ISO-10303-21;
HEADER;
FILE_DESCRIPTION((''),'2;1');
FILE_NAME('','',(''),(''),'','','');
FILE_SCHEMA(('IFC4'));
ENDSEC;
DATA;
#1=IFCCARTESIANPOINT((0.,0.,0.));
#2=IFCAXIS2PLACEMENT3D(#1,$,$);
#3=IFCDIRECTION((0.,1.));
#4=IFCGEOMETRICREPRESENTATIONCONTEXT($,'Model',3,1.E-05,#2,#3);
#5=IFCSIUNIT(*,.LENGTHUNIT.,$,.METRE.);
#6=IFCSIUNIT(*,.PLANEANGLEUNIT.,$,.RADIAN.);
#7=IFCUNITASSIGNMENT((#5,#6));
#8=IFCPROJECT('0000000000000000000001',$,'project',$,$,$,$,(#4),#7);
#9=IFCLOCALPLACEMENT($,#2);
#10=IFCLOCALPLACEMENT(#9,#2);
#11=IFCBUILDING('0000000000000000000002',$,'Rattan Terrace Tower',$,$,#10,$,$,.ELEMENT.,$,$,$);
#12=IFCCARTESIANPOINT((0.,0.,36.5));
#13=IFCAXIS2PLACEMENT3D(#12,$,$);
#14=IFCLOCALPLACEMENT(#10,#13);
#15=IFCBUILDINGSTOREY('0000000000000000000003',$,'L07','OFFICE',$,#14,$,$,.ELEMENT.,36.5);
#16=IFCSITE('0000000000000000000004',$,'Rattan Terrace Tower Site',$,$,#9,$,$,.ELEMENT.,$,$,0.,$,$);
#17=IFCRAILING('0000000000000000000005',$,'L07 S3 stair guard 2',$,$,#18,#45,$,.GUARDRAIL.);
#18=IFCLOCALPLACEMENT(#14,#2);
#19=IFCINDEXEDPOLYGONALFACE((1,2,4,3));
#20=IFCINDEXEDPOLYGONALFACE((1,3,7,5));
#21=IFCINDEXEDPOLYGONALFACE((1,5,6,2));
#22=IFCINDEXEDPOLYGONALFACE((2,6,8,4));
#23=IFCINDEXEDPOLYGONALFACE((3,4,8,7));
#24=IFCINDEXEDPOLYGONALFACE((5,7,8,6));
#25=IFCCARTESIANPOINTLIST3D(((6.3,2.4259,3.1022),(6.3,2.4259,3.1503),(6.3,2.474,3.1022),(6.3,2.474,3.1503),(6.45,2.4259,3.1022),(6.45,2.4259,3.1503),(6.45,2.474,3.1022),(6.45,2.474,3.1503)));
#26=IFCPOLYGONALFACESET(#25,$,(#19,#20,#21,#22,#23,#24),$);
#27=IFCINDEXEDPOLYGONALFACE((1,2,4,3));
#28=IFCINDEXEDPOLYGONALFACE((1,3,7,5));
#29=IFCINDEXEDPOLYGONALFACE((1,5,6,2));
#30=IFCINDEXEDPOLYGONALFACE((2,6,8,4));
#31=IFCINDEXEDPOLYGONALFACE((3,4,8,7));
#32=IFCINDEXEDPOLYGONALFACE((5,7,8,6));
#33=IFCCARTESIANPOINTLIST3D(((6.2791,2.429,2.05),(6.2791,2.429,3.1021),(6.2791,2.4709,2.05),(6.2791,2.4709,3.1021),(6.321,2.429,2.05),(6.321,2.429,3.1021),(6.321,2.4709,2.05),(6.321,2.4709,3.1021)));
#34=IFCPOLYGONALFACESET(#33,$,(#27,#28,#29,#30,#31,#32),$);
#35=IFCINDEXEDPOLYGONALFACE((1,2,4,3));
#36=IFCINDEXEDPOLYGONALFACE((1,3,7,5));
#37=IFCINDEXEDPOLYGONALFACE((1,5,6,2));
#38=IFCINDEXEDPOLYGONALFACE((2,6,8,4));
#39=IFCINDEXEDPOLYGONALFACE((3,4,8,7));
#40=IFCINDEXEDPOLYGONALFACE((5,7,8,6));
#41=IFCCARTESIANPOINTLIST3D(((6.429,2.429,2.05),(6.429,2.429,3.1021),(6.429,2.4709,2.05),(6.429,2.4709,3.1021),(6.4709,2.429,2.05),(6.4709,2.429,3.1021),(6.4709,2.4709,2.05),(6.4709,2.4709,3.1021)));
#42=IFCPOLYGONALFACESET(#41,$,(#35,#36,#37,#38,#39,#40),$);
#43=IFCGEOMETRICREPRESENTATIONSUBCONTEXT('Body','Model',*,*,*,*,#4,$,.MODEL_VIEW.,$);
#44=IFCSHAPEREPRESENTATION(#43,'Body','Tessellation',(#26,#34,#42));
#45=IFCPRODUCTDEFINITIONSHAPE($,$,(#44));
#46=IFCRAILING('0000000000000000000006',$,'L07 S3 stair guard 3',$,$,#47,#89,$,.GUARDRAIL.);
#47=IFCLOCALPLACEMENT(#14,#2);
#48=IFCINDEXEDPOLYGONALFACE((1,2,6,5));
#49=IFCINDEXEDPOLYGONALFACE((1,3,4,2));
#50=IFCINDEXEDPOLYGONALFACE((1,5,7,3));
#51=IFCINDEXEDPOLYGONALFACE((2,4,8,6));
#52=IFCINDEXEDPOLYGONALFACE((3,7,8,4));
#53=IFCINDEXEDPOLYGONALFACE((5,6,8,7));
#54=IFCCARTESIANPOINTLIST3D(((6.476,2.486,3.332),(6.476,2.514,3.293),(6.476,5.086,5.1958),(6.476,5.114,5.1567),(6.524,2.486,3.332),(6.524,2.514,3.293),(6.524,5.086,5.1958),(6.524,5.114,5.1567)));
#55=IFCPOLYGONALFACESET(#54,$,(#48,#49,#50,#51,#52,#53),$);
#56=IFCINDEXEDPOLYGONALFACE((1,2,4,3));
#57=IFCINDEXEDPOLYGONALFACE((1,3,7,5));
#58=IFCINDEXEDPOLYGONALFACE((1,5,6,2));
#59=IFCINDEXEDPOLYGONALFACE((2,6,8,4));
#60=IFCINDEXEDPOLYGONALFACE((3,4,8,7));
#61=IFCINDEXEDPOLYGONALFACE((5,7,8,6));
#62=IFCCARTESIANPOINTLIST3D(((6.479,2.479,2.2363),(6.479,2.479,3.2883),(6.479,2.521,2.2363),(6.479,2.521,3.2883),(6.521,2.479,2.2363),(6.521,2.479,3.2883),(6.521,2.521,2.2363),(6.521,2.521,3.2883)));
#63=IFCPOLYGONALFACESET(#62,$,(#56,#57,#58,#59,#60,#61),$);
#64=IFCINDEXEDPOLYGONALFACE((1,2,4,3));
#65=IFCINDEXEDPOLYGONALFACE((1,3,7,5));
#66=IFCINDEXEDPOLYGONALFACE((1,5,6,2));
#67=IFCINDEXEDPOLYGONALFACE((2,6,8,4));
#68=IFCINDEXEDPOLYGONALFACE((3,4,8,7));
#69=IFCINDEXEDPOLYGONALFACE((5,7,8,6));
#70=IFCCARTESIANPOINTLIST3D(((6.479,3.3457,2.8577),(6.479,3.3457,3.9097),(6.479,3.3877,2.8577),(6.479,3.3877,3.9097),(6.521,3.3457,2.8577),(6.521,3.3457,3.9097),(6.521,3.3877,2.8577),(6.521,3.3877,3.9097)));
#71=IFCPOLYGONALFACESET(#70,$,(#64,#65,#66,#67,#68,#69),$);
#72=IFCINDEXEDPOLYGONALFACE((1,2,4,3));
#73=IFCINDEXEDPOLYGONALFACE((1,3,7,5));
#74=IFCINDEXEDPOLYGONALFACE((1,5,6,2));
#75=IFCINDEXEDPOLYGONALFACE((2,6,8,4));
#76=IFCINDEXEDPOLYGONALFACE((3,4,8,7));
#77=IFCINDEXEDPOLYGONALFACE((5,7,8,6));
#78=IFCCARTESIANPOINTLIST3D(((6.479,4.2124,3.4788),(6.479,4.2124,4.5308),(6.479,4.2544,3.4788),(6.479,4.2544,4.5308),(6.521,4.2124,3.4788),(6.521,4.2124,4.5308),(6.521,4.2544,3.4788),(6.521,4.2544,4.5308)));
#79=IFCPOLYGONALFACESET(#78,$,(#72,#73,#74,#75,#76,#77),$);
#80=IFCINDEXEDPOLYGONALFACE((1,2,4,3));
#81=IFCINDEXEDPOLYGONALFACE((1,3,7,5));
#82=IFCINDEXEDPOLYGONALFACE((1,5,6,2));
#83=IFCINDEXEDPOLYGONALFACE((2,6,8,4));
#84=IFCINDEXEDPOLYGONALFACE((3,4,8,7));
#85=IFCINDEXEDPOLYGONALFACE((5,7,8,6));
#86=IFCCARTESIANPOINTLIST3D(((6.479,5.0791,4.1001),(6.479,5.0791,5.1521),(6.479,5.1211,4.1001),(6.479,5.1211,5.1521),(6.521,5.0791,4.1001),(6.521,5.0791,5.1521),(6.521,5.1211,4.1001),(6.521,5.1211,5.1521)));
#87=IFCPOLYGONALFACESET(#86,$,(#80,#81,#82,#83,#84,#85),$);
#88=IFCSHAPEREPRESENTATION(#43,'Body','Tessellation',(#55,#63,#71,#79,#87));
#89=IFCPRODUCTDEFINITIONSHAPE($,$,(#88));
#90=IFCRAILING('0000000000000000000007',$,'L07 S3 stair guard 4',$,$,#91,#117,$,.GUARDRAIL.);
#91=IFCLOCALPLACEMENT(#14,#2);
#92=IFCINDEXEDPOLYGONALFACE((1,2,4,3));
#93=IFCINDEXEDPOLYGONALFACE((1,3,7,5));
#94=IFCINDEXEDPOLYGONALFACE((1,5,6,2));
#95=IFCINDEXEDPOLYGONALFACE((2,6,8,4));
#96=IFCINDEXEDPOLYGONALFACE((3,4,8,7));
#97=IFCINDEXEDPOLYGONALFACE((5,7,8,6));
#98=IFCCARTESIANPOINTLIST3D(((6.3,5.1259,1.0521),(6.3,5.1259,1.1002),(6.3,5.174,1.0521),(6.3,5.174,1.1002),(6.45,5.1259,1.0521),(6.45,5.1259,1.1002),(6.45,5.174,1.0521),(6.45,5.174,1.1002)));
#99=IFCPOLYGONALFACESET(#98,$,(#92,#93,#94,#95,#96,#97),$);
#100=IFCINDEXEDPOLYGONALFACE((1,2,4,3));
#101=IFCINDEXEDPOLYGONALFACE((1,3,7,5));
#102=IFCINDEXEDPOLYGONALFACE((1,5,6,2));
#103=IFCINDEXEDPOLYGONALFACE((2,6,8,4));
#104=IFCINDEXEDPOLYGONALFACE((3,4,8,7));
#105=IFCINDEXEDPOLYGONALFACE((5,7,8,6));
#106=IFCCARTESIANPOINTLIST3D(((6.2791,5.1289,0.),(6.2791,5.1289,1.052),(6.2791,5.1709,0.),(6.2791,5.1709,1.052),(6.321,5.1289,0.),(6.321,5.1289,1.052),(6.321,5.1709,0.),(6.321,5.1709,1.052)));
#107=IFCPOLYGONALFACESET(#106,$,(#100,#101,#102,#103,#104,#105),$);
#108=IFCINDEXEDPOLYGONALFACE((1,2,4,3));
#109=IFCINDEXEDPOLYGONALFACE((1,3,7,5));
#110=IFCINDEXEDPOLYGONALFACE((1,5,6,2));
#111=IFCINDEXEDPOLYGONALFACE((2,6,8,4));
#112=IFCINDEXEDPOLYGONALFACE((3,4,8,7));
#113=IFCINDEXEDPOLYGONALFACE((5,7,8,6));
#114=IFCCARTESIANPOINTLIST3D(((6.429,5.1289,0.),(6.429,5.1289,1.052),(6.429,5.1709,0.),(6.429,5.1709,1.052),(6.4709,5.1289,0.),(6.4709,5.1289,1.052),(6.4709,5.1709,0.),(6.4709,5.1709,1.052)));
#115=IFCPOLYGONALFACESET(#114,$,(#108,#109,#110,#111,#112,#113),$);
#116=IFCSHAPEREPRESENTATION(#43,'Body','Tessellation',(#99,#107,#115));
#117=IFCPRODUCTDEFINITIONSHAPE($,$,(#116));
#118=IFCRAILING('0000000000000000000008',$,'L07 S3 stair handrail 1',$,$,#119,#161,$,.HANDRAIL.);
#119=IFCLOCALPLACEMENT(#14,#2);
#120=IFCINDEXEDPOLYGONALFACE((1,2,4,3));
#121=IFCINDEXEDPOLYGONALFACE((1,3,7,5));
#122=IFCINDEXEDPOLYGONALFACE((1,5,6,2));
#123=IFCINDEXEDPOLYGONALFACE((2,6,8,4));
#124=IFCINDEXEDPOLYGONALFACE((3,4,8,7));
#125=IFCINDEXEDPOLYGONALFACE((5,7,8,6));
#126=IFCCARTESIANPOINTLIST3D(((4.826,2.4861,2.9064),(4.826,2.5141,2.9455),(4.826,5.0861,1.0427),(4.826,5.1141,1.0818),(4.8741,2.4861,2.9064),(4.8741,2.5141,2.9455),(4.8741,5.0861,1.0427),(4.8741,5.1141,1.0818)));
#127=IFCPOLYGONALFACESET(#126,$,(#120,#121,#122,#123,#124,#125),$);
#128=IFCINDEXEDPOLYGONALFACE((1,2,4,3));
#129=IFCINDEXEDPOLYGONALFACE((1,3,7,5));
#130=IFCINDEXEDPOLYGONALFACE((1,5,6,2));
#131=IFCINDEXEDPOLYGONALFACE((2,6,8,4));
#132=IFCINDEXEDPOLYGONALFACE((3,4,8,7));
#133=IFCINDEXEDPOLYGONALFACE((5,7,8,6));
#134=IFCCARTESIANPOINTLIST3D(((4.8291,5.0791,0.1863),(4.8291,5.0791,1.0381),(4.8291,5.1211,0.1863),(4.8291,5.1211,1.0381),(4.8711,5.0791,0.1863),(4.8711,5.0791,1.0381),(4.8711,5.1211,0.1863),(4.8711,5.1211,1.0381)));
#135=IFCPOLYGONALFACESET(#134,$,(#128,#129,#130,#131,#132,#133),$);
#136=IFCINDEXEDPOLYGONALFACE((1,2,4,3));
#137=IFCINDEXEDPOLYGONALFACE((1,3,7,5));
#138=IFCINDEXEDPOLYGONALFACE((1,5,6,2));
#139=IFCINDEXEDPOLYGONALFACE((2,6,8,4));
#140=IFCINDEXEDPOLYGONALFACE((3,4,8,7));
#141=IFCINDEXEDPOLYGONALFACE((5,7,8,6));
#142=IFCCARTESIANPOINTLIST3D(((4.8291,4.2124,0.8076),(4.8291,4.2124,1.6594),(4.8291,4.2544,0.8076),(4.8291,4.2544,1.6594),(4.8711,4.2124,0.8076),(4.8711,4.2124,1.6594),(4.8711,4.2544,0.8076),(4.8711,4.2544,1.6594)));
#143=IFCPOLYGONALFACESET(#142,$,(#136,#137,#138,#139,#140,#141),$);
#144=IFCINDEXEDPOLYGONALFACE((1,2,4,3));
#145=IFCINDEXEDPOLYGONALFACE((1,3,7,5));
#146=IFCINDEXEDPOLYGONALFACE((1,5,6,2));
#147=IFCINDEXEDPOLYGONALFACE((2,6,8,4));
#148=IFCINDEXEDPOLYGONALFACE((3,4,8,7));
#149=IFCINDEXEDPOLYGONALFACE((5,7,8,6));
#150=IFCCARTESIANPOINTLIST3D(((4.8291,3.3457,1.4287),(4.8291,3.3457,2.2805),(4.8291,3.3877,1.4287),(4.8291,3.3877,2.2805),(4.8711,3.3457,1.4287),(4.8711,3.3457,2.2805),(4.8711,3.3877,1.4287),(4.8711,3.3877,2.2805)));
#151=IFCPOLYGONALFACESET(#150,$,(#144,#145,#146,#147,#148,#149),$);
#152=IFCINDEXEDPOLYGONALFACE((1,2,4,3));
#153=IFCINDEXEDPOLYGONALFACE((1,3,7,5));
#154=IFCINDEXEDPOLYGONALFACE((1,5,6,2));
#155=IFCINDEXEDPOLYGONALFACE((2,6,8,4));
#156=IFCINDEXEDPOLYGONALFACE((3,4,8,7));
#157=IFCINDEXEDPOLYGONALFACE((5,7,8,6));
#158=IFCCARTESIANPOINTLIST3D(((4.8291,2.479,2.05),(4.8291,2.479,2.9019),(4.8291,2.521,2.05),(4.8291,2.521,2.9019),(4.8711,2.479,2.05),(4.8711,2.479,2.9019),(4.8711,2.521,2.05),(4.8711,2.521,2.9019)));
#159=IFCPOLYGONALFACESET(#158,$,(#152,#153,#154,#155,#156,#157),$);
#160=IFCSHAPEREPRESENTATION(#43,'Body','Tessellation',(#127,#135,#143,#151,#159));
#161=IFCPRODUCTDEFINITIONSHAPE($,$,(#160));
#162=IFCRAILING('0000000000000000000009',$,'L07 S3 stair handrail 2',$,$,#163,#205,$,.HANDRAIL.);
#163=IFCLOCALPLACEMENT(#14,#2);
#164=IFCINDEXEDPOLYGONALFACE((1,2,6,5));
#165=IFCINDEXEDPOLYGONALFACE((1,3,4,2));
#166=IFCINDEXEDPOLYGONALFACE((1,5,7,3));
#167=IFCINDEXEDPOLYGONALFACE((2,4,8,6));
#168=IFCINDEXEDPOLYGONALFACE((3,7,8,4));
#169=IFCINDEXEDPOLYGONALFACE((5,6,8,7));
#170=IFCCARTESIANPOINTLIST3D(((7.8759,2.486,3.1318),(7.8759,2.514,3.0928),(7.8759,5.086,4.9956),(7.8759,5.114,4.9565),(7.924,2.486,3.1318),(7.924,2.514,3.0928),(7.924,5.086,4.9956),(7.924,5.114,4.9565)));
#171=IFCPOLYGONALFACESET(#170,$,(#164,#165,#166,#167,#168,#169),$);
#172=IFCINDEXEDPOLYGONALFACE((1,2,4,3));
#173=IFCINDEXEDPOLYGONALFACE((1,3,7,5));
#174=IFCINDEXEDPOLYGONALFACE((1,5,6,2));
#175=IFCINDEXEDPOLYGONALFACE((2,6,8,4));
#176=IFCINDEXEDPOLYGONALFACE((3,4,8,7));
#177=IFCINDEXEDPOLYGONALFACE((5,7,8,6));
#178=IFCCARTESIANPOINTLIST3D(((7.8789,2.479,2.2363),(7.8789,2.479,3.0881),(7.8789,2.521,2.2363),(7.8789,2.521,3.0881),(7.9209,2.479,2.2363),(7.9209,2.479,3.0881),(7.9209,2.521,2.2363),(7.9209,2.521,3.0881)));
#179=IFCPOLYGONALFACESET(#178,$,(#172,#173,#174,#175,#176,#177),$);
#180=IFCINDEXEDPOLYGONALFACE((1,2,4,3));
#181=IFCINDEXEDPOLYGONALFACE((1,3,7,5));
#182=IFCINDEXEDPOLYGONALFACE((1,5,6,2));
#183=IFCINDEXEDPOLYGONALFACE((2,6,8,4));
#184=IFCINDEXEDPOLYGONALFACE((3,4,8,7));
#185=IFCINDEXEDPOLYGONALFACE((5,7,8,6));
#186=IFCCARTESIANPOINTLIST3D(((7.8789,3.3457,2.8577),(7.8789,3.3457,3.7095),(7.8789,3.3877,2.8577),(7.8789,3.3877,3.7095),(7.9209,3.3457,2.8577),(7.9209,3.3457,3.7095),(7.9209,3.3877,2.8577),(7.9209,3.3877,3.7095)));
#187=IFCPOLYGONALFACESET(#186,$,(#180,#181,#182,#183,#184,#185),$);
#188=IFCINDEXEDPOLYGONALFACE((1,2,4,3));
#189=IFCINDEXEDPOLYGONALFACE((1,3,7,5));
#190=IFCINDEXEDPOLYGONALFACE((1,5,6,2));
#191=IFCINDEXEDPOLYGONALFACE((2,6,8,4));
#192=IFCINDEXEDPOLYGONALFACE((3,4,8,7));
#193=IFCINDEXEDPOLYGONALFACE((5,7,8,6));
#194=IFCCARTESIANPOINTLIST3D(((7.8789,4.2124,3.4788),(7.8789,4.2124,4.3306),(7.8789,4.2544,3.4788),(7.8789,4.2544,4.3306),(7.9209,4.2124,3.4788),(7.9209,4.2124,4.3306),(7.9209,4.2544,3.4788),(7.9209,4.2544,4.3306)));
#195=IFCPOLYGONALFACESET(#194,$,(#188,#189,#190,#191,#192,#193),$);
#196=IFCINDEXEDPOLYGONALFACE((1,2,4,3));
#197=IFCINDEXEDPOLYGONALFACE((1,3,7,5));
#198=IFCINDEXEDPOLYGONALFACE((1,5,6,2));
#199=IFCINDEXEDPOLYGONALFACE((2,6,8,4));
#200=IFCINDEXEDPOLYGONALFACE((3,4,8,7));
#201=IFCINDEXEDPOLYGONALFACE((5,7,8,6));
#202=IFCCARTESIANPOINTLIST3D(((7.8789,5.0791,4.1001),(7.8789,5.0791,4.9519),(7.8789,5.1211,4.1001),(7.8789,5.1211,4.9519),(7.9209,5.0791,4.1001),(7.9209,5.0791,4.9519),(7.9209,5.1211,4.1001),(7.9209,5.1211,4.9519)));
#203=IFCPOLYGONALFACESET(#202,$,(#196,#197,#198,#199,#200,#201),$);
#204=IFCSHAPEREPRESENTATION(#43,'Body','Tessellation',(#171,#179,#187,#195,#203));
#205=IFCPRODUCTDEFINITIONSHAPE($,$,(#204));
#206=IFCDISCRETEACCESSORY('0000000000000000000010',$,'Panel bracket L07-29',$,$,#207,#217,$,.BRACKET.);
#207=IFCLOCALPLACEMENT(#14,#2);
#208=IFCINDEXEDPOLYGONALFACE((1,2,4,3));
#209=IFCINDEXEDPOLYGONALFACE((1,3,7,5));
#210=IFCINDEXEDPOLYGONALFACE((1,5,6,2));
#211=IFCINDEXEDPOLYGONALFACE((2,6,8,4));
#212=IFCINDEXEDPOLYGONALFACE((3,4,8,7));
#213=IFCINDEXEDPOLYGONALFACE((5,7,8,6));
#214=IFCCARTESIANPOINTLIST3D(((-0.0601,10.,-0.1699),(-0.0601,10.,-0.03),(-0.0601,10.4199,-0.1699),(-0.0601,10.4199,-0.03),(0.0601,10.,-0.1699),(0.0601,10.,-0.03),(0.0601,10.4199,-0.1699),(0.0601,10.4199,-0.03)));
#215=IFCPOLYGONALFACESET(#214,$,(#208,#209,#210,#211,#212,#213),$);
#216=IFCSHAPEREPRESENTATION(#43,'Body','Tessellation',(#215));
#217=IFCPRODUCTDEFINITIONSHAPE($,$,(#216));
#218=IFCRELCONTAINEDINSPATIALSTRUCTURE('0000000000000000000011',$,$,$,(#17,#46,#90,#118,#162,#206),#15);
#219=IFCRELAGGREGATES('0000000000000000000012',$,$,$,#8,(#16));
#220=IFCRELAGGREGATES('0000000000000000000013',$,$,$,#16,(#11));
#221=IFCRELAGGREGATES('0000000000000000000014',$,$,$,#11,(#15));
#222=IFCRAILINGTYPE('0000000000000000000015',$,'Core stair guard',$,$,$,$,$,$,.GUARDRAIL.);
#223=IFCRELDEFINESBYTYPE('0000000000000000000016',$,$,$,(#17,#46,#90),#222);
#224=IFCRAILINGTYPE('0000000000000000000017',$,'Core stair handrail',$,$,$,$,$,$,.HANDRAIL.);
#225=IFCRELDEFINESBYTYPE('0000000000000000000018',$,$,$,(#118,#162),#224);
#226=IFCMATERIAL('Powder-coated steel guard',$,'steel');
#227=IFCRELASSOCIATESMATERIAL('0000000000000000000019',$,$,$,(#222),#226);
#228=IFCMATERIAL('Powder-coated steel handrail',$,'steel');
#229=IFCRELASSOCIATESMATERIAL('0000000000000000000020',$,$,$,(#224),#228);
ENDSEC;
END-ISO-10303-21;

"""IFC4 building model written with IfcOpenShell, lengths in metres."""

from ifc_helpers import new_model, si_unit, direction, frame, origin, origin_2d, place, context, subcontext, project, spatial, rectangle, extrude, material, type_object, element, save


model = new_model("IFC4")

# Units and contexts
model_context = context("Model", 3, precision=1e-05, world=origin(), true_north=direction((0.0, 1.0)))
body_context = subcontext(model_context, "Body", "Model", "MODEL_VIEW")
ifc_project = project(units=[si_unit("LENGTHUNIT", "METRE"), si_unit("PLANEANGLEUNIT", "RADIAN")], contexts=[model_context])

# Site, building, storey
site_placement = place(None, origin())
site = spatial("IfcSite", under=ifc_project, at=site_placement, Name="Rattan Terrace Tower Site", CompositionType="ELEMENT", RefElevation=0.0)
building_placement = place(site_placement, origin())
building = spatial("IfcBuilding", under=site, at=building_placement, Name="Rattan Terrace Tower", CompositionType="ELEMENT")
storey_placement = place(building_placement, frame((0.0, 0.0, 36.5)))
storey = spatial("IfcBuildingStorey", under=building, at=storey_placement, Name="L07", Description="OFFICE", CompositionType="ELEMENT", Elevation=36.5)

# Railings
ifc_material_1 = material(Name="Powder-coated steel guard", Category="steel")
railing_type_1 = type_object("IfcRailingType", Name="Core stair guard", PredefinedType="GUARDRAIL", material=ifc_material_1)
railing_1_placement = place(storey_placement, frame((6.3, 2.45, 2.05)))
element("IfcRailing", 1, at=railing_1_placement, inside=storey, type_object=railing_type_1, Name="L07 S3 stair guard 2", PredefinedType="GUARDRAIL", context=body_context, shape_type="SweptSolid", body=[
    extrude(rectangle(XDim=0.0481, YDim=0.0481, at=origin_2d()), frame((0.0, 0.0, 1.0762), z_axis=(1.0, 0.0, 0.0), x_axis=(0.0, 1.0, 0.0)), (0.0, 0.0, 1.0), 0.1499),
    extrude(rectangle(XDim=0.042, YDim=0.042, at=origin_2d()), origin(), (0.0, 0.0, 1.0), 1.052),
    extrude(rectangle(XDim=0.042, YDim=0.042, at=origin_2d()), frame((0.1499, 0.0, 0.0)), (0.0, 0.0, 1.0), 1.052),
])
railing_2_placement = place(storey_placement, frame((6.5, 2.5, 2.2363)))
element("IfcRailing", 2, at=railing_2_placement, inside=storey, type_object=railing_type_1, Name="L07 S3 stair guard 3", PredefinedType="GUARDRAIL", context=body_context, shape_type="SweptSolid", body=[
    extrude(rectangle(XDim=0.0481, YDim=0.0481, at=origin_2d()), frame((0.0, 0.0, 1.0762), z_axis=(0.0, 0.812763, 0.582595), x_axis=(-1.0, 0.0, 0.0)), (0.0, 0.0, 1.0), 3.199),
    extrude(rectangle(XDim=0.042, YDim=0.042, at=origin_2d()), origin(), (0.0, 0.0, 1.0), 1.052),
    extrude(rectangle(XDim=0.042, YDim=0.042, at=origin_2d()), frame((0.0, 0.8667, 0.6213)), (0.0, 0.0, 1.0), 1.052),
    extrude(rectangle(XDim=0.042, YDim=0.042, at=origin_2d()), frame((0.0, 1.7334, 1.2424)), (0.0, 0.0, 1.0), 1.052),
    extrude(rectangle(XDim=0.042, YDim=0.042, at=origin_2d()), frame((0.0, 2.6001, 1.8638)), (0.0, 0.0, 1.0), 1.052),
])
railing_3_placement = place(storey_placement, frame((6.3, 5.1499, 0.0)))
element("IfcRailing", 3, at=railing_3_placement, inside=storey, type_object=railing_type_1, Name="L07 S3 stair guard 4", PredefinedType="GUARDRAIL", context=body_context, shape_type="SweptSolid", body=[
    extrude(rectangle(XDim=0.0481, YDim=0.0481, at=origin_2d()), frame((0.0, 0.0, 1.0762), z_axis=(1.0, 0.0, 0.0), x_axis=(0.0, 1.0, 0.0)), (0.0, 0.0, 1.0), 0.1499),
    extrude(rectangle(XDim=0.042, YDim=0.042, at=origin_2d()), origin(), (0.0, 0.0, 1.0), 1.052),
    extrude(rectangle(XDim=0.042, YDim=0.042, at=origin_2d()), frame((0.1499, 0.0, 0.0)), (0.0, 0.0, 1.0), 1.052),
])
ifc_material_2 = material(Name="Powder-coated steel handrail", Category="steel")
railing_type_2 = type_object("IfcRailingType", Name="Core stair handrail", PredefinedType="HANDRAIL", material=ifc_material_2)
railing_4_placement = place(storey_placement, frame((4.8501, 5.1001, 0.1863)))
element("IfcRailing", 4, at=railing_4_placement, inside=storey, type_object=railing_type_2, Name="L07 S3 stair handrail 1", PredefinedType="HANDRAIL", context=body_context, shape_type="SweptSolid", body=[
    extrude(rectangle(XDim=0.0481, YDim=0.0481, at=origin_2d()), frame((0.0, 0.0, 0.876), z_axis=(0.0, -0.812763, 0.582595), x_axis=(1.0, 0.0, 0.0)), (0.0, 0.0, 1.0), 3.199),
    extrude(rectangle(XDim=0.042, YDim=0.042, at=origin_2d()), origin(), (0.0, 0.0, 1.0), 0.8518),
    extrude(rectangle(XDim=0.042, YDim=0.042, at=origin_2d()), frame((0.0, -0.8667, 0.6213)), (0.0, 0.0, 1.0), 0.8518),
    extrude(rectangle(XDim=0.042, YDim=0.042, at=origin_2d()), frame((0.0, -1.7334, 1.2424)), (0.0, 0.0, 1.0), 0.8518),
    extrude(rectangle(XDim=0.042, YDim=0.042, at=origin_2d()), frame((0.0, -2.6001, 1.8638)), (0.0, 0.0, 1.0), 0.8518),
])
railing_5_placement = place(storey_placement, frame((7.8999, 2.5, 2.2363)))
element("IfcRailing", 5, at=railing_5_placement, inside=storey, type_object=railing_type_2, Name="L07 S3 stair handrail 2", PredefinedType="HANDRAIL", context=body_context, shape_type="SweptSolid", body=[
    extrude(rectangle(XDim=0.0481, YDim=0.0481, at=origin_2d()), frame((0.0, 0.0, 0.876), z_axis=(0.0, 0.812763, 0.582595), x_axis=(-1.0, 0.0, 0.0)), (0.0, 0.0, 1.0), 3.199),
    extrude(rectangle(XDim=0.042, YDim=0.042, at=origin_2d()), origin(), (0.0, 0.0, 1.0), 0.8518),
    extrude(rectangle(XDim=0.042, YDim=0.042, at=origin_2d()), frame((0.0, 0.8667, 0.6213)), (0.0, 0.0, 1.0), 0.8518),
    extrude(rectangle(XDim=0.042, YDim=0.042, at=origin_2d()), frame((0.0, 1.7334, 1.2424)), (0.0, 0.0, 1.0), 0.8518),
    extrude(rectangle(XDim=0.042, YDim=0.042, at=origin_2d()), frame((0.0, 2.6001, 1.8638)), (0.0, 0.0, 1.0), 0.8518),
])

# Discrete accessory
discrete_accessory_placement = place(storey_placement, frame((0.0, 10.21, -0.1699), z_axis=(0.0, 0.0, 1.0), x_axis=(-1.0, 0.0, 0.0)))
element("IfcDiscreteAccessory", 6, at=discrete_accessory_placement, inside=storey, Name="Panel bracket L07-29", PredefinedType="BRACKET", context=body_context, shape_type="SweptSolid", body=[
    extrude(rectangle(XDim=0.1201, YDim=0.4199, at=origin_2d()), origin(), (0.0, 0.0, 1.0), 0.1399),
])

save(model, "model.ifc")
